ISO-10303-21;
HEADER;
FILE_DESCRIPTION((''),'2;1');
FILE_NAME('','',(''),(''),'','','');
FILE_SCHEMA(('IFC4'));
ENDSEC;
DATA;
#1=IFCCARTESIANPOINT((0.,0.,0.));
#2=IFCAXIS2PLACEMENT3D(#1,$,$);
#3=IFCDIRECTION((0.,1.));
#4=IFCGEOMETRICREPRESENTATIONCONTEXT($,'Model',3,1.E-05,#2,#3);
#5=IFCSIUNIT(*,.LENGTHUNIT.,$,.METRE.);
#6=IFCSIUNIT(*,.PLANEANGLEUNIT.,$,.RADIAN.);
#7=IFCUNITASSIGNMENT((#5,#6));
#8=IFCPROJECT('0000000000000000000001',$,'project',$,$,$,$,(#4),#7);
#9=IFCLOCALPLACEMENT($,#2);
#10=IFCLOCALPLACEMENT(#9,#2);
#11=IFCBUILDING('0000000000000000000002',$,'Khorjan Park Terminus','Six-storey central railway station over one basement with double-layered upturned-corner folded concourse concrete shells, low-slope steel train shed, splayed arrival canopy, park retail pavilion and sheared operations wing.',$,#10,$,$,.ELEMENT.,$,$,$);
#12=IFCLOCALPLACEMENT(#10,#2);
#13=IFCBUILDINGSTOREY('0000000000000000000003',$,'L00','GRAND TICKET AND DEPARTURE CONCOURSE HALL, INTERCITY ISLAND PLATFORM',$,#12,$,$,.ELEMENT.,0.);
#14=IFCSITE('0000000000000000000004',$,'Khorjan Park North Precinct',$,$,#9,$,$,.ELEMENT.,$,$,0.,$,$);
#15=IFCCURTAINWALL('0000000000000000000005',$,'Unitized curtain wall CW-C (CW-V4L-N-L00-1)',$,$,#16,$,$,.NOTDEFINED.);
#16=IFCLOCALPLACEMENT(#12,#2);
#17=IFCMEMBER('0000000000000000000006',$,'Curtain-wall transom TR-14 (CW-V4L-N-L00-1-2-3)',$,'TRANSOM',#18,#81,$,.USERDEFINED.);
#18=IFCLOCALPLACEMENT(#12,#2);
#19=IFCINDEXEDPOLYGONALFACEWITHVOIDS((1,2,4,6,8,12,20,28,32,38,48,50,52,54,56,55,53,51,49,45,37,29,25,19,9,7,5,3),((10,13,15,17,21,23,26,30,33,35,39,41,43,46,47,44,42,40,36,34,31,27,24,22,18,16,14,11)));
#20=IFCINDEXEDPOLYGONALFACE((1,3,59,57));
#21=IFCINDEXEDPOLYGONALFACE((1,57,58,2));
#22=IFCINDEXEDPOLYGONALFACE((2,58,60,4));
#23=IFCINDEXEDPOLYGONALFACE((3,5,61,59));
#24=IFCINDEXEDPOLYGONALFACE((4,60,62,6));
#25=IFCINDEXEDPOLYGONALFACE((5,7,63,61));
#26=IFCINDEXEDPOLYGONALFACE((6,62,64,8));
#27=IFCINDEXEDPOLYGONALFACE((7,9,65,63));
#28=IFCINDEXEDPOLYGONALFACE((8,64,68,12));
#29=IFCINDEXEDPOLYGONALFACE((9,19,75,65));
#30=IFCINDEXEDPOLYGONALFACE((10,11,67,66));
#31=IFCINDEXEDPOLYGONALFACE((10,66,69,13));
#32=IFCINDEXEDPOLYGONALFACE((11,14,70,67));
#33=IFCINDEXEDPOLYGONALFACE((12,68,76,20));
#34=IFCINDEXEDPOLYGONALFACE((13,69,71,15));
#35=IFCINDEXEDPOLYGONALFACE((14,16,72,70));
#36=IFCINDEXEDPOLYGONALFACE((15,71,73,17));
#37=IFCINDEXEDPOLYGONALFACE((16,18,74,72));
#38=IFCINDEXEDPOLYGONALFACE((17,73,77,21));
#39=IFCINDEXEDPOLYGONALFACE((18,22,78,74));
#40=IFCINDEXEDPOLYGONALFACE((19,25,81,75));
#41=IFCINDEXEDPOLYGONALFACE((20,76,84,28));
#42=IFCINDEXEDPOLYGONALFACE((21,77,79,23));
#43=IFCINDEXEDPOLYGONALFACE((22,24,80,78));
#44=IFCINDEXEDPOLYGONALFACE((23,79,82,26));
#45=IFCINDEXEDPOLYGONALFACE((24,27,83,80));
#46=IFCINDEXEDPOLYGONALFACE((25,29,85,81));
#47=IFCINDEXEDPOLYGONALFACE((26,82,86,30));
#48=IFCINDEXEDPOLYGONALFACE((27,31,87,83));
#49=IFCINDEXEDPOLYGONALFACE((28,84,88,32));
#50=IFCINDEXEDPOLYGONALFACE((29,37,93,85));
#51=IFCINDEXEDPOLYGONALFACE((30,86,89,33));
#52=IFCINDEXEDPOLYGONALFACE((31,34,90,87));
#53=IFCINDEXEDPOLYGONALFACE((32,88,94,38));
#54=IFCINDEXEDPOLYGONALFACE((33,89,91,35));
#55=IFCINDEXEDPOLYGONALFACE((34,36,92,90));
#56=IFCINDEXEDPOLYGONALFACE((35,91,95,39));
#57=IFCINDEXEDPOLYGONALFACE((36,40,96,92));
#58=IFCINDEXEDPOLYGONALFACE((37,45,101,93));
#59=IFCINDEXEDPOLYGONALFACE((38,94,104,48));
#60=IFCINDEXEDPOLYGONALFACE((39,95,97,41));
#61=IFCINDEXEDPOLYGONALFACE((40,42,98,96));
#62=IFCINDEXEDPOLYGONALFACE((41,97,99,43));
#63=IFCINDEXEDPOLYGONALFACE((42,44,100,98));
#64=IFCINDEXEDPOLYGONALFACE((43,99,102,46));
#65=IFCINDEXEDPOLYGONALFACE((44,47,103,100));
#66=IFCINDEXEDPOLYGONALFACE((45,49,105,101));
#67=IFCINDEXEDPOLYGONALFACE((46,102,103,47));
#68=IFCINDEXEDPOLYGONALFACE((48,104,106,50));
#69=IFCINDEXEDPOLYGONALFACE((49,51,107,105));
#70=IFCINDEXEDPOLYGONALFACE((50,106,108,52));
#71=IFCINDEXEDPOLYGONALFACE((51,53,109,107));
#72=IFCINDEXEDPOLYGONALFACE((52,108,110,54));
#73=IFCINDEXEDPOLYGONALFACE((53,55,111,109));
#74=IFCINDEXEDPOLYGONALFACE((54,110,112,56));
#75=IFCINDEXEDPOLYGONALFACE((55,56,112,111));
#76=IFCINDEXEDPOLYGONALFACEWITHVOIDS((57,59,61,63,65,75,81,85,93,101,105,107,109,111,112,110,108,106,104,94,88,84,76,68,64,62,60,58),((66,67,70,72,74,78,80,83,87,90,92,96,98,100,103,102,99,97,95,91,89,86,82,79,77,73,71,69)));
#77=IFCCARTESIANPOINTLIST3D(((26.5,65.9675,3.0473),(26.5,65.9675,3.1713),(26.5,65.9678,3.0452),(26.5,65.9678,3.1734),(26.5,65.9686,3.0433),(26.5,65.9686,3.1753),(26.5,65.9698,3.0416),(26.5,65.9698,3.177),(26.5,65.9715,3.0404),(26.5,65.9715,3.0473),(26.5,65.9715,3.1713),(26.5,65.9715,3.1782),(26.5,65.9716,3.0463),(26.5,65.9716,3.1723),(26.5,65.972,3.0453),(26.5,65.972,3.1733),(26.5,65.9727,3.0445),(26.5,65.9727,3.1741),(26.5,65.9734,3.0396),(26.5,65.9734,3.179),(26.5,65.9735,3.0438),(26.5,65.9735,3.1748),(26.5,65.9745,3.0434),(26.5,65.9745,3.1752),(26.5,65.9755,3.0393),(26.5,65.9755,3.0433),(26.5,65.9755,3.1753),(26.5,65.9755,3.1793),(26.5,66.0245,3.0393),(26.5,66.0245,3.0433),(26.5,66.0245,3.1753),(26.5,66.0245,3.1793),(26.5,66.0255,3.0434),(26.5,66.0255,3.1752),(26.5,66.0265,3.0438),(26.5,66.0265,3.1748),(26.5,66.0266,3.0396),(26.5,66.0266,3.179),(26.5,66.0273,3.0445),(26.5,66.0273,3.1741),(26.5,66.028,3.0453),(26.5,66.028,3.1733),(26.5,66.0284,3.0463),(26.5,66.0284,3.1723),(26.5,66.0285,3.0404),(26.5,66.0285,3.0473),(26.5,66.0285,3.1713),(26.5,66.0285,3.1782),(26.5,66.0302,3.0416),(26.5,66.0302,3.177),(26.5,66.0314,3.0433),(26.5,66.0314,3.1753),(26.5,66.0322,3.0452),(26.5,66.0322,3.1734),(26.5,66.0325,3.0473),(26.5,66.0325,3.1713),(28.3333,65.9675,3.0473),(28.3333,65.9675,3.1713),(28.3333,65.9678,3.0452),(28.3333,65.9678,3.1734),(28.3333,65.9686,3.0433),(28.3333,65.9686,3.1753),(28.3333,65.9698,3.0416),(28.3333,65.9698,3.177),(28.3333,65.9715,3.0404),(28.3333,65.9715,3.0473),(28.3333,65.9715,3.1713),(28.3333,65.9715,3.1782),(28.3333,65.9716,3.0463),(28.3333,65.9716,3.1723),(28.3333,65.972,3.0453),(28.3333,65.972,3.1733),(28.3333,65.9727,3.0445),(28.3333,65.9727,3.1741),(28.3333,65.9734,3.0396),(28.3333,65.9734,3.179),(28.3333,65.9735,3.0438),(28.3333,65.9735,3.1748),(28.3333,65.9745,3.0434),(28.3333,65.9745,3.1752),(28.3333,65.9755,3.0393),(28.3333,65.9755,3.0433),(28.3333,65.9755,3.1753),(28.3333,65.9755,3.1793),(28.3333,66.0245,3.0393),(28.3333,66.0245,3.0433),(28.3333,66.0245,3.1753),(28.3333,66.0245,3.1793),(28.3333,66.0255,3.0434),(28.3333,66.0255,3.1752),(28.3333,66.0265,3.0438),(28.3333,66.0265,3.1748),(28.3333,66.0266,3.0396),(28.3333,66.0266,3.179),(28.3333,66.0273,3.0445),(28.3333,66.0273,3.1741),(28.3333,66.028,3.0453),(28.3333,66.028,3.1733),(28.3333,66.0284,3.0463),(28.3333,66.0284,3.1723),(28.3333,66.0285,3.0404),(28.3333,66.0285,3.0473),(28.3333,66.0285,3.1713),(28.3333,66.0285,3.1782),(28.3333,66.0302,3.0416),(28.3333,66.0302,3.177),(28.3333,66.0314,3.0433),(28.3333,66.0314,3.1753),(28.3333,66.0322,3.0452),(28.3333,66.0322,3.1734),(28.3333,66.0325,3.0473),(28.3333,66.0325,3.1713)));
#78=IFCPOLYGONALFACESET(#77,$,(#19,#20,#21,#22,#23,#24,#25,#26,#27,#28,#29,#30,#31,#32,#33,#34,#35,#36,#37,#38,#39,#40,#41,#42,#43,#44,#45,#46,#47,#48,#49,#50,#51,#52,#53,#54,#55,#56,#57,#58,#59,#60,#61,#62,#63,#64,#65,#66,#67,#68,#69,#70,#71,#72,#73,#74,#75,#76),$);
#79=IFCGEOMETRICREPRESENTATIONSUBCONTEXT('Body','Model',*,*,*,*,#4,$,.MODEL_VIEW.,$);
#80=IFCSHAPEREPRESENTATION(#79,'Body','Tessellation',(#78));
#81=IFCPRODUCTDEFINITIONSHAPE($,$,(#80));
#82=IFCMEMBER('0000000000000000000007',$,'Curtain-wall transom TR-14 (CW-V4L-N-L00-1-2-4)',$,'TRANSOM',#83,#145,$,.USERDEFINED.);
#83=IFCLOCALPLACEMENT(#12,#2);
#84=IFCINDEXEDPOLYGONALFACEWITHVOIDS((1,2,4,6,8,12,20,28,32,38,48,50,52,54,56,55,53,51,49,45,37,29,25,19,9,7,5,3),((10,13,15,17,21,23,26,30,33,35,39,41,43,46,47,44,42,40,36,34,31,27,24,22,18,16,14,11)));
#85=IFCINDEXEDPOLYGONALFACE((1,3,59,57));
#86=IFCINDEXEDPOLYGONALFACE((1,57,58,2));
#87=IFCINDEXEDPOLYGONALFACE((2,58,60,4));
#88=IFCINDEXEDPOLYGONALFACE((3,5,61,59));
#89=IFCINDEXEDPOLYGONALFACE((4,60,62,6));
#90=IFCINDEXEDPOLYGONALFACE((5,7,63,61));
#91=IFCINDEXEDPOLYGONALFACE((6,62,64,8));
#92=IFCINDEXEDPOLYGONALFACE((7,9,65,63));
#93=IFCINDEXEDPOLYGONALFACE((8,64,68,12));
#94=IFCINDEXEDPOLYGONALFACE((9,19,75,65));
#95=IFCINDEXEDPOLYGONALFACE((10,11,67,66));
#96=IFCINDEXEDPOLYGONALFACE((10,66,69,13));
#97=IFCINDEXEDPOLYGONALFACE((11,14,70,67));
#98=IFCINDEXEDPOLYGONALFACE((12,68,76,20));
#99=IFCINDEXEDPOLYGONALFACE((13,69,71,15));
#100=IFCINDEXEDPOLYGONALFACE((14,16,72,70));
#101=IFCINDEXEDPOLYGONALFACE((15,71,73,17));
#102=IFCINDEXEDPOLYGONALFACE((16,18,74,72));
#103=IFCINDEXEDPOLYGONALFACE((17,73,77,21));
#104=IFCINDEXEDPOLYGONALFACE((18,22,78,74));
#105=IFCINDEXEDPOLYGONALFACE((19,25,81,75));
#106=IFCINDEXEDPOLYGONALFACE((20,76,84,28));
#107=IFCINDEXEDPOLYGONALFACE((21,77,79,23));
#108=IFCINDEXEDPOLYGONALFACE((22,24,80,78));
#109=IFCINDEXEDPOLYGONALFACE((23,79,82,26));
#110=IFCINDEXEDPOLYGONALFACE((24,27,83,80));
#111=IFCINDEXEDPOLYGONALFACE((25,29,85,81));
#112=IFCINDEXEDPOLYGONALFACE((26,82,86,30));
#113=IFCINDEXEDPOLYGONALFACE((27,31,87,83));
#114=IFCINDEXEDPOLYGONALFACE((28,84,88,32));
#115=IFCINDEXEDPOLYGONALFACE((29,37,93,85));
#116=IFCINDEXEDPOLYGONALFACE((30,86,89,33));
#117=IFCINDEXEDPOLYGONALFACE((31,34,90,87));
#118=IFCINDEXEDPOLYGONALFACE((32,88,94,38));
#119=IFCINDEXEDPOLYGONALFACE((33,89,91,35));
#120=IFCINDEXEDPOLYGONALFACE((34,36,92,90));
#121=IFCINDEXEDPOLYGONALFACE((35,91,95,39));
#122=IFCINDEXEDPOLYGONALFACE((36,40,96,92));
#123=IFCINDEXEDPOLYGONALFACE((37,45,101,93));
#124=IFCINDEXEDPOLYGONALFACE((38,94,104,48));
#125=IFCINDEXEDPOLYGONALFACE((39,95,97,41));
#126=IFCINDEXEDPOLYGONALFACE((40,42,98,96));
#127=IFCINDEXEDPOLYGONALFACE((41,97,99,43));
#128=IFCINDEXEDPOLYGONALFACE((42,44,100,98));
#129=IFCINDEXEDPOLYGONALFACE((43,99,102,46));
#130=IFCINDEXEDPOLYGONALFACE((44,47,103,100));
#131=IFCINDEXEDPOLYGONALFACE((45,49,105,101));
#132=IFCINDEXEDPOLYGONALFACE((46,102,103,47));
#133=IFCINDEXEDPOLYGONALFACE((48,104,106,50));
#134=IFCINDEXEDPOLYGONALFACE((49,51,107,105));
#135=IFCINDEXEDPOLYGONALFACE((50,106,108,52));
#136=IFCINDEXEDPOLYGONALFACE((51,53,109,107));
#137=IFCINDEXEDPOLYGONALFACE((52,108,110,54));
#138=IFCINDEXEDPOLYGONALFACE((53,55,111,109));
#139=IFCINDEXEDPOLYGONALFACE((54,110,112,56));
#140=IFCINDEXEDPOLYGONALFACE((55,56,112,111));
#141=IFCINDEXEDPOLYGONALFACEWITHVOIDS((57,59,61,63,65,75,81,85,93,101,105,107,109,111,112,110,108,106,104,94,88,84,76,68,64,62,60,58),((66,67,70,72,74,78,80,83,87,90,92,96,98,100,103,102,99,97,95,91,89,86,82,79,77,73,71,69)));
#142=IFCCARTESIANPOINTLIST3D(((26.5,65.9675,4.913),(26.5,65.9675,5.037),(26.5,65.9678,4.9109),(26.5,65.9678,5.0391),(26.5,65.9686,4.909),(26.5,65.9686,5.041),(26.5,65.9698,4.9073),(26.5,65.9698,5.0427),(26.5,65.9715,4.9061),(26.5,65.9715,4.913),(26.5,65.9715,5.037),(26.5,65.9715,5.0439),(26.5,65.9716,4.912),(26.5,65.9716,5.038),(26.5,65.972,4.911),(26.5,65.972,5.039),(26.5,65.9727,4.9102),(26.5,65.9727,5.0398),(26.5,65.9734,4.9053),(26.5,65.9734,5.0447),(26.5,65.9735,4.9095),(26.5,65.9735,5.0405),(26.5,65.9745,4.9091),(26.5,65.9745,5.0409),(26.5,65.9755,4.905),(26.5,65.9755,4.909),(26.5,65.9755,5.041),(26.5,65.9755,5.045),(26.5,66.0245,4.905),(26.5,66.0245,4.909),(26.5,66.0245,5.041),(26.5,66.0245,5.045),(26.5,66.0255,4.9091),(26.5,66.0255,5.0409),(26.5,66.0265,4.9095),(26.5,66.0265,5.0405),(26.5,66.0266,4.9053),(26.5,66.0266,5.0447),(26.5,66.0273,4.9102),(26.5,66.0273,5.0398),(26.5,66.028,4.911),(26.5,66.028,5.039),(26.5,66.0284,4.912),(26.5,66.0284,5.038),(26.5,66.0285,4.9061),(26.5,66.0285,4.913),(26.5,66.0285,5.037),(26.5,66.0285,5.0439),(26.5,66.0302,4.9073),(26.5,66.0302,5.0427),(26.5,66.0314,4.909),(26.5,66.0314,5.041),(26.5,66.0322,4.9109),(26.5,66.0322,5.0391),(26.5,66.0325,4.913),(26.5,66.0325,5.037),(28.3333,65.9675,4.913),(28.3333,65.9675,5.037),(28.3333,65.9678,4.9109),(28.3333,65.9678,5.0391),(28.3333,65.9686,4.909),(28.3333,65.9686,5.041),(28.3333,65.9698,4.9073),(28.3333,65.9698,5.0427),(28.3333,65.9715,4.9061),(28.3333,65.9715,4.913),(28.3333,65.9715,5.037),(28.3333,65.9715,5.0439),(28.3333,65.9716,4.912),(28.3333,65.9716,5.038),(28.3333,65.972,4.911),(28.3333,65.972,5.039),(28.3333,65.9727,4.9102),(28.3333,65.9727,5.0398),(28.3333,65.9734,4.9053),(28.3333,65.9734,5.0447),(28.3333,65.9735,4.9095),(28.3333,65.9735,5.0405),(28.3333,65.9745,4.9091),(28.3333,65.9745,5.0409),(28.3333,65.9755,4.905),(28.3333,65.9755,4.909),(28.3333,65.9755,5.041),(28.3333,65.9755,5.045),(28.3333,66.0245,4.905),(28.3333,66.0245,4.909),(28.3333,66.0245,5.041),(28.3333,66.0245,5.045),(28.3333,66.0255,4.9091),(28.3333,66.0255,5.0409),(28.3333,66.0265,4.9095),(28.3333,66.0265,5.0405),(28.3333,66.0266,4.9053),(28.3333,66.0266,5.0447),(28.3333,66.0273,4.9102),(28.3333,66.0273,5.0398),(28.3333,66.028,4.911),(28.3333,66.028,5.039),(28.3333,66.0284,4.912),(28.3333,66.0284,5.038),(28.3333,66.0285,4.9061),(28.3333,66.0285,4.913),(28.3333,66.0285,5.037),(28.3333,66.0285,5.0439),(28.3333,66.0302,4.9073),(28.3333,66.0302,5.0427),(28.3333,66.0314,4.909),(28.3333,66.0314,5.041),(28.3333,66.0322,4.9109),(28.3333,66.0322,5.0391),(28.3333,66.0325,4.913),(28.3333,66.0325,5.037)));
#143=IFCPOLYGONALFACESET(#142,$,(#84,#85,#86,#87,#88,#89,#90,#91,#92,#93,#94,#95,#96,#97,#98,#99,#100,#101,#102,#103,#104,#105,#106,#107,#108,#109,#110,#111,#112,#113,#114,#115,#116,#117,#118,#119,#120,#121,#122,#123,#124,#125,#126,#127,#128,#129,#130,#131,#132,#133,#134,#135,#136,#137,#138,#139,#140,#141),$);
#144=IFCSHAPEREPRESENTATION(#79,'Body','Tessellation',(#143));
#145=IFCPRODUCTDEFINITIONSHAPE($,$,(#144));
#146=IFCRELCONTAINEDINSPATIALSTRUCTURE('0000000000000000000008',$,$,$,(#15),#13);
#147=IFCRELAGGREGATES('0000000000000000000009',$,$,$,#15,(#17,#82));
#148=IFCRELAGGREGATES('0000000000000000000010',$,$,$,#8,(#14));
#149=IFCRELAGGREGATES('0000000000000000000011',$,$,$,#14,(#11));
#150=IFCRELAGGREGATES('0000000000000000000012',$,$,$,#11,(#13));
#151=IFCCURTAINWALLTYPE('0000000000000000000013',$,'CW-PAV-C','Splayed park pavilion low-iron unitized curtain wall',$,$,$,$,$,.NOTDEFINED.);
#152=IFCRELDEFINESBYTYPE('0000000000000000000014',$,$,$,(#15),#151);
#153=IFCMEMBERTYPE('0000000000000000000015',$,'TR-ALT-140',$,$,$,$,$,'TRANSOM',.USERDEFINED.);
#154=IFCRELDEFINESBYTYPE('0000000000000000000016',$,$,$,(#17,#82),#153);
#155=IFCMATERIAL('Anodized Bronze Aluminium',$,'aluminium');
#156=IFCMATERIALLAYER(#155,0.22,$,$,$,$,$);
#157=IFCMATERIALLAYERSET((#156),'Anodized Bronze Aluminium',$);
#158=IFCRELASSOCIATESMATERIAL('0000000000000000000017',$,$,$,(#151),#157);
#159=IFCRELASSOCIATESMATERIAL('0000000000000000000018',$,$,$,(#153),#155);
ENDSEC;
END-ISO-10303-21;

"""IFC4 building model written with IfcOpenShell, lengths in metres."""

from ifc_helpers import new_model, si_unit, direction, frame, origin, origin_2d, place, context, subcontext, project, spatial, hollow_rectangle, extrude, material, layer, layer_set, material_profile, profile_set, type_object, element, aggregate, save


model = new_model("IFC4")

# Units and contexts
model_context = context("Model", 3, precision=1e-05, world=origin(), true_north=direction((0.0, 1.0)))
body_context = subcontext(model_context, "Body", "Model", "MODEL_VIEW")
ifc_project = project(units=[si_unit("LENGTHUNIT", "METRE"), si_unit("PLANEANGLEUNIT", "RADIAN")], contexts=[model_context])

# Site, building, storey
site_placement = place(None, origin())
site = spatial("IfcSite", under=ifc_project, at=site_placement, Name="Khorjan Park North Precinct", CompositionType="ELEMENT", RefElevation=0.0)
building_placement = place(site_placement, origin())
building = spatial("IfcBuilding", under=site, at=building_placement, Name="Khorjan Park Terminus", Description="Six-storey central railway station over one basement with double-layered upturned-corner folded concourse concrete shells, low-slope steel train shed, splayed arrival canopy, park retail pavilion and sheared operations wing.", CompositionType="ELEMENT")
storey_placement = place(building_placement, origin())
storey = spatial("IfcBuildingStorey", under=building, at=storey_placement, Name="L00", Description="GRAND TICKET AND DEPARTURE CONCOURSE HALL, INTERCITY ISLAND PLATFORM", CompositionType="ELEMENT", Elevation=0.0)

# Curtain wall
ifc_material_1 = material(Name="Anodized Bronze Aluminium", Category="aluminium")
ifc_layer_1 = layer(ifc_material_1, 0.22)
ifc_layer_set_1 = layer_set([ifc_layer_1], Name="Anodized Bronze Aluminium")
curtain_wall_type = type_object("IfcCurtainWallType", Name="CW-PAV-C", Description="Splayed park pavilion low-iron unitized curtain wall", PredefinedType="NOTDEFINED", material=ifc_layer_set_1)
curtain_wall_1_placement = place(storey_placement, origin())
curtain_wall_1 = element("IfcCurtainWall", 1, at=curtain_wall_1_placement, inside=storey, type_object=curtain_wall_type, Name="Unitized curtain wall CW-C (CW-V4L-N-L00-1)", PredefinedType="NOTDEFINED")

# Members
ifc_material_profile_1 = material_profile(ifc_material_1, hollow_rectangle(XDim=0.065, YDim=0.14, WallThickness=0.004, InnerFilletRadius=0.004, OuterFilletRadius=0.008, at=origin_2d()), Name="ALT 65x140x4")
ifc_profile_set_1 = profile_set([ifc_material_profile_1], Name="Anodized Bronze Aluminium")
member_type_1 = type_object("IfcMemberType", Name="TR-ALT-140", ElementType="TRANSOM", PredefinedType="USERDEFINED", material=ifc_profile_set_1)
member_1_placement = place(storey_placement, frame((28.3333, 66.0, 3.1093), z_axis=(-1.0, 0.0, 0.0), x_axis=(0.0, -1.0, 0.0)))
member_1 = element("IfcMember", 2, at=member_1_placement, type_object=member_type_1, Name="Curtain-wall transom TR-14 (CW-V4L-N-L00-1-2-3)", ObjectType="TRANSOM", PredefinedType="USERDEFINED", context=body_context, shape_type="SweptSolid", body=[
    extrude(hollow_rectangle(XDim=0.065, YDim=0.14, WallThickness=0.004, InnerFilletRadius=0.004, OuterFilletRadius=0.008, at=origin_2d()), origin(), (0.0, 0.0, 1.0), 1.8333),
])
member_2_placement = place(storey_placement, frame((28.3333, 66.0, 4.975), z_axis=(-1.0, 0.0, 0.0), x_axis=(0.0, -1.0, 0.0)))
member_2 = element("IfcMember", 3, at=member_2_placement, type_object=member_type_1, Name="Curtain-wall transom TR-14 (CW-V4L-N-L00-1-2-4)", ObjectType="TRANSOM", PredefinedType="USERDEFINED", context=body_context, shape_type="SweptSolid", body=[
    extrude(hollow_rectangle(XDim=0.065, YDim=0.14, WallThickness=0.004, InnerFilletRadius=0.004, OuterFilletRadius=0.008, at=origin_2d()), origin(), (0.0, 0.0, 1.0), 1.8333),
])

aggregate(curtain_wall_1, [member_1, member_2])

save(model, "model.ifc")
